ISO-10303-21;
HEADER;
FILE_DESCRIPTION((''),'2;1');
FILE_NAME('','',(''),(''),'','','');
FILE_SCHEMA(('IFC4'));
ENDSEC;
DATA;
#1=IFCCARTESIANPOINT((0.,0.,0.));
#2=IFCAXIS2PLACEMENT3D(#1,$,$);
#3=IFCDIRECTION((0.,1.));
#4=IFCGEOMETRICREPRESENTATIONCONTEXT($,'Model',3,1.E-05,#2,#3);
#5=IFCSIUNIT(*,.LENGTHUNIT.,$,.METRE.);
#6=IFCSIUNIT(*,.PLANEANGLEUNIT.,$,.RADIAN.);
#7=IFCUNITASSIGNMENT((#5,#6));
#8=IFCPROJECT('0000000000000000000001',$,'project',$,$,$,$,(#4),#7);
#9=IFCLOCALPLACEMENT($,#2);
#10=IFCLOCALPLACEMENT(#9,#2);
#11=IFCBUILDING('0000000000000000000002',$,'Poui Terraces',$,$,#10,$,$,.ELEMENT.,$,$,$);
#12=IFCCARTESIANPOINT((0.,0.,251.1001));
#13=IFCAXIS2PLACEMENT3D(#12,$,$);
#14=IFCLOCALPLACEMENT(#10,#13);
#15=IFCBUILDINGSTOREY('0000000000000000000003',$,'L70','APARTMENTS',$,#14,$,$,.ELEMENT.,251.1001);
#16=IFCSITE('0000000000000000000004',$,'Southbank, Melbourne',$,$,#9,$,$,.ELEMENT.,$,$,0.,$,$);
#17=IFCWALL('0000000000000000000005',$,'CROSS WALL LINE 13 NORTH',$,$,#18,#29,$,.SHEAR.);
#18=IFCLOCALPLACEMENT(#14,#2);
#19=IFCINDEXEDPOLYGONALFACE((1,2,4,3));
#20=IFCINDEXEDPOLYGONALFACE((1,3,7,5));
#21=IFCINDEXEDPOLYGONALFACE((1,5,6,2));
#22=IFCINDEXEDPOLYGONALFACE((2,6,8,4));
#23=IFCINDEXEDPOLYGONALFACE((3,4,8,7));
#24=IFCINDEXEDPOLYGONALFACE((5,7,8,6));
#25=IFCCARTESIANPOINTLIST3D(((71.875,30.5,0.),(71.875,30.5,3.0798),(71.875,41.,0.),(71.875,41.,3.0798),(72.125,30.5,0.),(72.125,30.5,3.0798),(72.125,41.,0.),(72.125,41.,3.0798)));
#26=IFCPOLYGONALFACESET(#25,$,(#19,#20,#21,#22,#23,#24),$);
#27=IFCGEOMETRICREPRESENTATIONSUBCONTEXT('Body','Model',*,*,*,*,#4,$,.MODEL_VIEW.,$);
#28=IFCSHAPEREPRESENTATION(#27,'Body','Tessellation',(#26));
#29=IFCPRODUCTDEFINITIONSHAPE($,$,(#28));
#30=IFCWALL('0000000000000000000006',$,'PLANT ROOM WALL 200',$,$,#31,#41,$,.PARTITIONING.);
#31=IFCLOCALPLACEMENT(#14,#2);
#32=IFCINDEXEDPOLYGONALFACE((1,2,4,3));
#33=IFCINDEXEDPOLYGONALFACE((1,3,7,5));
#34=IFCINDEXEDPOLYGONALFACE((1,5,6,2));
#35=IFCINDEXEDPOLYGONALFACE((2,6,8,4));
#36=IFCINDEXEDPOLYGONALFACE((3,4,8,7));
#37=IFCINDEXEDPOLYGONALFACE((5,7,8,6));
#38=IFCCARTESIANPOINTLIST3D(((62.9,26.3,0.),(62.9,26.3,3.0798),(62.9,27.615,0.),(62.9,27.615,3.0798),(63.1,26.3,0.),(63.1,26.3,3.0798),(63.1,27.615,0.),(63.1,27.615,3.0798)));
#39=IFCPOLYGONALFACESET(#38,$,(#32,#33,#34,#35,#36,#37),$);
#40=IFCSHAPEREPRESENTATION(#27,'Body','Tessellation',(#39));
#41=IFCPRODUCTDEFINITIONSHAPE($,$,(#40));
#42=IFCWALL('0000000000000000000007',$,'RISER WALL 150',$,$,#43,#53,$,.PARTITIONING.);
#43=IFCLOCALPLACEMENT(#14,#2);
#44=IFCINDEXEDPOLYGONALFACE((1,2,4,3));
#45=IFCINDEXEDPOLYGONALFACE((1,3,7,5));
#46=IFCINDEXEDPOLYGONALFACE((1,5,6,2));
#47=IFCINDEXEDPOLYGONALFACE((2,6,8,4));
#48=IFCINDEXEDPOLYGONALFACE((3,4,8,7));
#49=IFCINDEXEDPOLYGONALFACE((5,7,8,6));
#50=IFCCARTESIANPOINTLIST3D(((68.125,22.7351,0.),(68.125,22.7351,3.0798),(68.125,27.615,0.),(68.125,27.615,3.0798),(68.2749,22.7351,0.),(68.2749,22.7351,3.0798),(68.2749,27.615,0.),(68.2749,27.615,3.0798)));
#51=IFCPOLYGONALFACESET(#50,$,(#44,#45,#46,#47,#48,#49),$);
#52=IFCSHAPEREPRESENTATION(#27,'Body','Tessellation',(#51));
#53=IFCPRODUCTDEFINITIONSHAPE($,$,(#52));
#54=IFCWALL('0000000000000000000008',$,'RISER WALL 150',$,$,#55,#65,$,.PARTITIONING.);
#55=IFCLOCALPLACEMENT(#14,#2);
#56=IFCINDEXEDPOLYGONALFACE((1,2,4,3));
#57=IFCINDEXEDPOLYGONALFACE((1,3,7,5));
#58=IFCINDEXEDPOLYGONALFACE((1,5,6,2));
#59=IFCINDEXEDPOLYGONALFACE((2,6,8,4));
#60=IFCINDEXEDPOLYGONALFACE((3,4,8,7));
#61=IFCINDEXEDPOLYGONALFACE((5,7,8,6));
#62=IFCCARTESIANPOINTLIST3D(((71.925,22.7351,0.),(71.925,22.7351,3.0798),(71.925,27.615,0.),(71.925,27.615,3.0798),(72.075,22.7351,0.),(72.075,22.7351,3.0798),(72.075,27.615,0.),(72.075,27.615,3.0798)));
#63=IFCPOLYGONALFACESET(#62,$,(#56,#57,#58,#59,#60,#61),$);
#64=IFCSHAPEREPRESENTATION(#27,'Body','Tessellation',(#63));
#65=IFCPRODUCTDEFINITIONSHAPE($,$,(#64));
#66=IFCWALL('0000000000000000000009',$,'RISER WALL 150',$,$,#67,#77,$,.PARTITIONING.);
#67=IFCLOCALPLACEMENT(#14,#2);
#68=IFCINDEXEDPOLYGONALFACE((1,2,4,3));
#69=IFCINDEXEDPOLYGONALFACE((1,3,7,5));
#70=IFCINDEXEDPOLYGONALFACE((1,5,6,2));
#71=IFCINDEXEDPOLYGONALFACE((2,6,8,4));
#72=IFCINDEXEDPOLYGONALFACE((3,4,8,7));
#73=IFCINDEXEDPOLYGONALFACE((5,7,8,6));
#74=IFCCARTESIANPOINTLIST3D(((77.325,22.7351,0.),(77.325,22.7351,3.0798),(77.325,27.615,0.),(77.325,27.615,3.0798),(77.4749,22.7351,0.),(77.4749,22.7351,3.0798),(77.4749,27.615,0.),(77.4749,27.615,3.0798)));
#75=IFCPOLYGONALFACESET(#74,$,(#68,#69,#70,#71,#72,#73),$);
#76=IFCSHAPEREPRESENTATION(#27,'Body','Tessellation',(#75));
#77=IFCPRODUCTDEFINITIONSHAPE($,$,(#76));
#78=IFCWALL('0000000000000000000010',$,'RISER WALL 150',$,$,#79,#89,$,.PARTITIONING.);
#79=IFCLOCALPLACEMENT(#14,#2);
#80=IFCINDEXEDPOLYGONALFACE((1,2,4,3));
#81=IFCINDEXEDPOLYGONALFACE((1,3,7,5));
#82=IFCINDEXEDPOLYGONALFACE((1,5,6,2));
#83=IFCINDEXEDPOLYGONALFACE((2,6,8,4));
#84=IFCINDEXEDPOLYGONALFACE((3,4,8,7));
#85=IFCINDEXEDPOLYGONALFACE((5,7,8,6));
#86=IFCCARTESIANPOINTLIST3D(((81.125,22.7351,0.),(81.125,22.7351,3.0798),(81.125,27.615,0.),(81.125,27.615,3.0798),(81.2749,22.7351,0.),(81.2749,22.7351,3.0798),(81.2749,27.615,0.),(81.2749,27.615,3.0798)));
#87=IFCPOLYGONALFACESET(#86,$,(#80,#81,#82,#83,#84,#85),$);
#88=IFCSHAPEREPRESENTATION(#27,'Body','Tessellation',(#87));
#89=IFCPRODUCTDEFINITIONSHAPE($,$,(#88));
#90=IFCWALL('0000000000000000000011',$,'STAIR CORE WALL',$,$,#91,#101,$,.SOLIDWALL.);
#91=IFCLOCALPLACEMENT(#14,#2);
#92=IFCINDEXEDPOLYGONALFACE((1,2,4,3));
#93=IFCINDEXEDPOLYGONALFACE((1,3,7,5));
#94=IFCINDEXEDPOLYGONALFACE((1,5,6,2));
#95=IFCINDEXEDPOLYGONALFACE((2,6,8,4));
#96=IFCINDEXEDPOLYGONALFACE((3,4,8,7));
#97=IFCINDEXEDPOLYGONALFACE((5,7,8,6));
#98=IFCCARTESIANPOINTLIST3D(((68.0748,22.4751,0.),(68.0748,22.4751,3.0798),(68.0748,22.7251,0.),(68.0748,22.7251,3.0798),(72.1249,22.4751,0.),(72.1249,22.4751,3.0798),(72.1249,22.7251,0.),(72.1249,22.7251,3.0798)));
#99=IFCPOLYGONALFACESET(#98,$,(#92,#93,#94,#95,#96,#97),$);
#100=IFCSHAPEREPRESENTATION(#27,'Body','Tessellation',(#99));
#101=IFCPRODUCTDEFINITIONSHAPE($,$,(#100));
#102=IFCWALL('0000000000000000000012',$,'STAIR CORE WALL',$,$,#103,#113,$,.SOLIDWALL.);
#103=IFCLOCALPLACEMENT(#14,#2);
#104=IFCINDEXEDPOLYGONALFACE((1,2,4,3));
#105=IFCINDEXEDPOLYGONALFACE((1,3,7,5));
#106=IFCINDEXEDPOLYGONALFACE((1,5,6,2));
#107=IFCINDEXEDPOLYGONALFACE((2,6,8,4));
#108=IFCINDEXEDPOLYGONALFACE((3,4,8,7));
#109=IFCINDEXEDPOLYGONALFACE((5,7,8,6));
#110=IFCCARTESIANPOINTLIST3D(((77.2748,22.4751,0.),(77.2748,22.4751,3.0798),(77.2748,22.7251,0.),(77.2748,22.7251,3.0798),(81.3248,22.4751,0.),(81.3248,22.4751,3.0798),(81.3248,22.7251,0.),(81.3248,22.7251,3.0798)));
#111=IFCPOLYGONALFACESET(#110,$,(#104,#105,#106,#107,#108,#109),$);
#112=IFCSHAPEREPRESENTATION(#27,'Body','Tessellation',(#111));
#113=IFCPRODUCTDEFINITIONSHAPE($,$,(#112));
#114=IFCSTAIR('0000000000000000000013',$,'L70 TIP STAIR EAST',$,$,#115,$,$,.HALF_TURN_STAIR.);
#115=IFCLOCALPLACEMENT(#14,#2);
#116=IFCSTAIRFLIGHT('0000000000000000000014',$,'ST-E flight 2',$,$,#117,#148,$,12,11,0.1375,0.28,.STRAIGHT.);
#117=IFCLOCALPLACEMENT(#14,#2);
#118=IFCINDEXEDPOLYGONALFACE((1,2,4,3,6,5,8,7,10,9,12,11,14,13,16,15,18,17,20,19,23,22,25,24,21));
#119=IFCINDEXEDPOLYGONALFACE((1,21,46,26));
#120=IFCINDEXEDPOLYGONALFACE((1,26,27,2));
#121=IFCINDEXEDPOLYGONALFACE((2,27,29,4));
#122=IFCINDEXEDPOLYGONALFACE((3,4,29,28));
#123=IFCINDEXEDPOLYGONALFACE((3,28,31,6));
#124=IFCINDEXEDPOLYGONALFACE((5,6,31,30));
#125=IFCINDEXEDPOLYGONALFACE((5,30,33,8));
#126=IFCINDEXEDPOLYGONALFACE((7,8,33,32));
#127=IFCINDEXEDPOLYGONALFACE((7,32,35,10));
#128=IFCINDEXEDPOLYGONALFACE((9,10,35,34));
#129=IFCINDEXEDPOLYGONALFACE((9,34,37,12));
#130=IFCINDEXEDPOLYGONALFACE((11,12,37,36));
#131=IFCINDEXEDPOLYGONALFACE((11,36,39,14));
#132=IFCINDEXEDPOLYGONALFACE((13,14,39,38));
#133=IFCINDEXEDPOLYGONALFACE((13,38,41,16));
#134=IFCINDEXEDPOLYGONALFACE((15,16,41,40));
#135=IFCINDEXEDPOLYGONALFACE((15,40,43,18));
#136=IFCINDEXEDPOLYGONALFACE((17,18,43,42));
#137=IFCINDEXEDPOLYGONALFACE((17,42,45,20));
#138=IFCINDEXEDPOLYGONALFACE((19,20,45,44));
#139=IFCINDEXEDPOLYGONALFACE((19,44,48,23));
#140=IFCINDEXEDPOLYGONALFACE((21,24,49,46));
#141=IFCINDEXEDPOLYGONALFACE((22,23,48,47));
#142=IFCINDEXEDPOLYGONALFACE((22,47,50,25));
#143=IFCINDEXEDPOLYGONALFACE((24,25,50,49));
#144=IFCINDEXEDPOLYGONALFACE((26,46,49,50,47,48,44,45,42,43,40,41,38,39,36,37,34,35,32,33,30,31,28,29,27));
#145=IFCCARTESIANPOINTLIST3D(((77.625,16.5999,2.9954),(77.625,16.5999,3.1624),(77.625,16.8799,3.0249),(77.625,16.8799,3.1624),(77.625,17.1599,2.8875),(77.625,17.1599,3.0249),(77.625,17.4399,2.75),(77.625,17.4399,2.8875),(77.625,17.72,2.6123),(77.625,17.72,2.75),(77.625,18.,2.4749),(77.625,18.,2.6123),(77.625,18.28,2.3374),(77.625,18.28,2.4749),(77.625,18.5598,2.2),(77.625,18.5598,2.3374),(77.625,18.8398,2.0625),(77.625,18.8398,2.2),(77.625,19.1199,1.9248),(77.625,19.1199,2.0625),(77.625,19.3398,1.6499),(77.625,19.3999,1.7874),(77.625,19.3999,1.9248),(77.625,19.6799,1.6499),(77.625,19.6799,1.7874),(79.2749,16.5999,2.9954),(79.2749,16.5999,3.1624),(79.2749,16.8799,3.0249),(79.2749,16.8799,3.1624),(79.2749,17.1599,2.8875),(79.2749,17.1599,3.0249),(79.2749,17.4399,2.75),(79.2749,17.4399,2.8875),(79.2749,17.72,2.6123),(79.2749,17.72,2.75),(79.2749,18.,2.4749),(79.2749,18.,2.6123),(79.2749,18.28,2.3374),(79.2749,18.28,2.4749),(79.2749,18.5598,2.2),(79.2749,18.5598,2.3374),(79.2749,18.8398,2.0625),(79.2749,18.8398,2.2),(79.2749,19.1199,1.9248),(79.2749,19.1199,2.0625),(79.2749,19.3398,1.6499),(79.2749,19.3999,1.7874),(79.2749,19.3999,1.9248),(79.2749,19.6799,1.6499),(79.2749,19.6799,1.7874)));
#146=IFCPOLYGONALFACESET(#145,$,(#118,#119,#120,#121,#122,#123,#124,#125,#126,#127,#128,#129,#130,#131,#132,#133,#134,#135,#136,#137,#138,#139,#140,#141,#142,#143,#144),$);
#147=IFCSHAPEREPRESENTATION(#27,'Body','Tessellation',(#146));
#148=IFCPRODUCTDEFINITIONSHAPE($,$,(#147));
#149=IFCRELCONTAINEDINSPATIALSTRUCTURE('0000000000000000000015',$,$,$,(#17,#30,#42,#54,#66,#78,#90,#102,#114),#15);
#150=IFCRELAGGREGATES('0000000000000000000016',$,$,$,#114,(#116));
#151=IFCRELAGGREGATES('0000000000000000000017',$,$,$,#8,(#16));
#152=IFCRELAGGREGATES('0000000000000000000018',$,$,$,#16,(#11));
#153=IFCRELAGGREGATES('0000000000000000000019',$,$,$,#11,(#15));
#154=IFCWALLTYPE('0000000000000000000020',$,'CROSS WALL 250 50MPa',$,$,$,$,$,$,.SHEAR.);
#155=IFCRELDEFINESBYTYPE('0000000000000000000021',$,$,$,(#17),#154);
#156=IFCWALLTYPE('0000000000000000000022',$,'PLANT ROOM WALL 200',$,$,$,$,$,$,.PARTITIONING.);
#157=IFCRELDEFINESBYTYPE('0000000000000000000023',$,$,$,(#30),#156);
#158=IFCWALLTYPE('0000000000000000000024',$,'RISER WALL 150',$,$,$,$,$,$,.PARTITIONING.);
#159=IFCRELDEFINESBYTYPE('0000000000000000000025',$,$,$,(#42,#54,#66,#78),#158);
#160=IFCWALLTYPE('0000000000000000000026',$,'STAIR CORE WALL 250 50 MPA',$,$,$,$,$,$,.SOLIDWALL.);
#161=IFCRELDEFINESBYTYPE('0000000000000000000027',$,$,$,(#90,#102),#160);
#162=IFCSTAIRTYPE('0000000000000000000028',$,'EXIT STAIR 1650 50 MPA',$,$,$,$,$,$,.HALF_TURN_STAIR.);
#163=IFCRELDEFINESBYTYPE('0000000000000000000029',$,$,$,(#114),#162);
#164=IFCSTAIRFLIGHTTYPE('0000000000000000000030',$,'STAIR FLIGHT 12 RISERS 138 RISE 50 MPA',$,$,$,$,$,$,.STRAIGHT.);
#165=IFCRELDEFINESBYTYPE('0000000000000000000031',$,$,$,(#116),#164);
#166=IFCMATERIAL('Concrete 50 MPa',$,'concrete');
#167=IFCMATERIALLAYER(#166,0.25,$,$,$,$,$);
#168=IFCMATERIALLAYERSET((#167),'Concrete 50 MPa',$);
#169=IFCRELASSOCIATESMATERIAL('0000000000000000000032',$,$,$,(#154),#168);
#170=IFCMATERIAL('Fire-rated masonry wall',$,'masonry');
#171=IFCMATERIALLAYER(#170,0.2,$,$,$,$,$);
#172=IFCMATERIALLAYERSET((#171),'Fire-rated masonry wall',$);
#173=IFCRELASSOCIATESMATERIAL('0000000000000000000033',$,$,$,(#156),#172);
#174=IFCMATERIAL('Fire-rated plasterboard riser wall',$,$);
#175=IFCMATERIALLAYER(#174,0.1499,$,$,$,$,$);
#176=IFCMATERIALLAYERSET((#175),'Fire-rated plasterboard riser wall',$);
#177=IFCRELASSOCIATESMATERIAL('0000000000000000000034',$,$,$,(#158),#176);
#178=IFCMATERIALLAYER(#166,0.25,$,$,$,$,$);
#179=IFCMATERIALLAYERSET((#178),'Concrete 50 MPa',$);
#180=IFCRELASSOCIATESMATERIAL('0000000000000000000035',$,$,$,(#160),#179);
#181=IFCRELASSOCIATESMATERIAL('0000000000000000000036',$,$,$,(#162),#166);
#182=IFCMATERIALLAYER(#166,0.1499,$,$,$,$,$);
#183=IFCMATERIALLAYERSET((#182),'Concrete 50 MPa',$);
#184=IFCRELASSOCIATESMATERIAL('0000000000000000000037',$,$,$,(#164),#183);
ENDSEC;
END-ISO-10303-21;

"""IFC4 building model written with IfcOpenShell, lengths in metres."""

from ifc_helpers import new_model, si_unit, direction, frame, frame_2d, origin, place, context, subcontext, project, spatial, polyline, rectangle, outline, extrude, material, layer, layer_set, type_object, element, aggregate, save


model = new_model("IFC4")

# Units and contexts
model_context = context("Model", 3, precision=1e-05, world=origin(), true_north=direction((0.0, 1.0)))
body_context = subcontext(model_context, "Body", "Model", "MODEL_VIEW")
ifc_project = project(units=[si_unit("LENGTHUNIT", "METRE"), si_unit("PLANEANGLEUNIT", "RADIAN")], contexts=[model_context])

# Site, building, storey
site_placement = place(None, origin())
site = spatial("IfcSite", under=ifc_project, at=site_placement, Name="Southbank, Melbourne", CompositionType="ELEMENT", RefElevation=0.0)
building_placement = place(site_placement, origin())
building = spatial("IfcBuilding", under=site, at=building_placement, Name="Poui Terraces", CompositionType="ELEMENT")
storey_placement = place(building_placement, frame((0.0, 0.0, 251.1001)))
storey = spatial("IfcBuildingStorey", under=building, at=storey_placement, Name="L70", Description="APARTMENTS", CompositionType="ELEMENT", Elevation=251.1001)

# Shared definitions
ifc_material_1 = material(Name="Concrete 50 MPa", Category="concrete")

# Shared definitions
ifc_layer_1 = layer(ifc_material_1, 0.25)
ifc_layer_set_1 = layer_set([ifc_layer_1], Name="Concrete 50 MPa")
wall_type_1 = type_object("IfcWallType", Name="CROSS WALL 250 50MPa", PredefinedType="SHEAR", material=ifc_layer_set_1)

# Walls
wall_1_placement = place(storey_placement, frame((72.0, 30.5, 0.0), z_axis=(0.0, 0.0, 1.0), x_axis=(0.0, 1.0, 0.0)))
element("IfcWall", 1, at=wall_1_placement, inside=storey, type_object=wall_type_1, Name="CROSS WALL LINE 13 NORTH", PredefinedType="SHEAR", context=body_context, shape_type="SweptSolid", body=[
    extrude(rectangle(XDim=10.5, YDim=0.25, at=frame_2d((5.25, 0.0))), origin(), (0.0, 0.0, 1.0), 3.0798),
])
ifc_material_2 = material(Name="Fire-rated masonry wall", Category="masonry")
ifc_layer_2 = layer(ifc_material_2, 0.2)
ifc_layer_set_2 = layer_set([ifc_layer_2], Name="Fire-rated masonry wall")
wall_type_2 = type_object("IfcWallType", Name="PLANT ROOM WALL 200", PredefinedType="PARTITIONING", material=ifc_layer_set_2)
wall_2_placement = place(storey_placement, frame((63.0, 26.3, 0.0), z_axis=(0.0, 0.0, 1.0), x_axis=(0.0, 1.0, 0.0)))
element("IfcWall", 2, at=wall_2_placement, inside=storey, type_object=wall_type_2, Name="PLANT ROOM WALL 200", PredefinedType="PARTITIONING", context=body_context, shape_type="SweptSolid", body=[
    extrude(rectangle(XDim=1.3149, YDim=0.2, at=frame_2d((0.6575, 0.0))), origin(), (0.0, 0.0, 1.0), 3.0798),
])
ifc_material_3 = material(Name="Fire-rated plasterboard riser wall")
ifc_layer_3 = layer(ifc_material_3, 0.1499)
ifc_layer_set_3 = layer_set([ifc_layer_3], Name="Fire-rated plasterboard riser wall")
wall_type_3 = type_object("IfcWallType", Name="RISER WALL 150", PredefinedType="PARTITIONING", material=ifc_layer_set_3)
for number, where, z_axis, x_axis, name in (
    (3, (68.2, 22.7351, 0.0), (0.0, 0.0, 1.0), (0.0, 1.0, 0.0), "RISER WALL 150"),
    (4, (72.0, 22.7351, 0.0), (0.0, 0.0, 1.0), (0.0, 1.0, 0.0), "RISER WALL 150"),
    (5, (77.3999, 22.7351, 0.0), (0.0, 0.0, 1.0), (0.0, 1.0, 0.0), "RISER WALL 150"),
    (6, (81.2, 22.7351, 0.0), (0.0, 0.0, 1.0), (0.0, 1.0, 0.0), "RISER WALL 150"),
):
    element("IfcWall", number, at=place(storey_placement, frame(where, z_axis=z_axis, x_axis=x_axis)), inside=storey, type_object=wall_type_3, Name=name, PredefinedType="PARTITIONING", context=body_context, shape_type="SweptSolid", body=[
        extrude(rectangle(XDim=4.8799, YDim=0.1499, at=frame_2d((2.4399, 0.0))), origin(), (0.0, 0.0, 1.0), 3.0798),
    ])
ifc_layer_4 = layer(ifc_material_1, 0.25)
ifc_layer_set_4 = layer_set([ifc_layer_4], Name="Concrete 50 MPa")
wall_type_4 = type_object("IfcWallType", Name="STAIR CORE WALL 250 50 MPA", PredefinedType="SOLIDWALL", material=ifc_layer_set_4)
for number, where, z_axis, x_axis, name in (
    (7, (68.075, 22.6001, 0.0), (0.0, 0.0, 1.0), (1.0, 0.0, 0.0), "STAIR CORE WALL"),
    (8, (77.2749, 22.6001, 0.0), (0.0, 0.0, 1.0), (1.0, 0.0, 0.0), "STAIR CORE WALL"),
):
    element("IfcWall", number, at=place(storey_placement, frame(where, z_axis=z_axis, x_axis=x_axis)), inside=storey, type_object=wall_type_4, Name=name, PredefinedType="SOLIDWALL", context=body_context, shape_type="SweptSolid", body=[
        extrude(rectangle(XDim=4.05, YDim=0.25, at=frame_2d((2.0249, 0.0))), origin(), (0.0, 0.0, 1.0), 3.0798),
    ])

# Stair, stair flight
stair_type = type_object("IfcStairType", Name="EXIT STAIR 1650 50 MPA", PredefinedType="HALF_TURN_STAIR", material=ifc_material_1)
stair_placement = place(storey_placement, origin())
stair = element("IfcStair", 9, at=stair_placement, inside=storey, type_object=stair_type, Name="L70 TIP STAIR EAST", PredefinedType="HALF_TURN_STAIR")
ifc_layer_5 = layer(ifc_material_1, 0.1499)
ifc_layer_set_5 = layer_set([ifc_layer_5], Name="Concrete 50 MPa")
stair_flight_type = type_object("IfcStairFlightType", Name="STAIR FLIGHT 12 RISERS 138 RISE 50 MPA", PredefinedType="STRAIGHT", material=ifc_layer_set_5)
stair_flight_placement = place(storey_placement, frame((78.45, 19.6799, 1.6499), z_axis=(0.0, 0.0, 1.0), x_axis=(0.0, -1.0, 0.0)))
stair_flight = element("IfcStairFlight", 10, at=stair_flight_placement, type_object=stair_flight_type, Name="ST-E flight 2", NumberOfRisers=12, NumberOfTreads=11, PredefinedType="STRAIGHT", RiserHeight=0.1375, TreadLength=0.28, context=body_context, shape_type="SweptSolid", body=[
    extrude(outline(polyline([(0.0, 0.0), (0.0, 0.1375), (0.28, 0.1375), (0.28, 0.2749), (0.5601, 0.2749), (0.5601, 0.4126), (0.8401, 0.4126), (0.8401, 0.55), (1.1201, 0.55), (1.1201, 0.6875), (1.3999, 0.6875), (1.3999, 0.825), (1.6799, 0.825), (1.6799, 0.9624), (1.96, 0.9624), (1.96, 1.1001), (2.24, 1.1001), (2.24, 1.2375), (2.52, 1.2375), (2.52, 1.375), (2.8, 1.375), (2.8, 1.5125), (3.0801, 1.5125), (3.0801, 1.6499), (3.0801, 1.3455), (0.3401, 0.0), (0.0, 0.0)])), frame((0.0, 0.825, 0.0), z_axis=(0.0, -1.0, 0.0), x_axis=(1.0, 0.0, 0.0)), (0.0, 0.0, 1.0), 1.6499),
])
aggregate(stair, [stair_flight])

save(model, "model.ifc")
